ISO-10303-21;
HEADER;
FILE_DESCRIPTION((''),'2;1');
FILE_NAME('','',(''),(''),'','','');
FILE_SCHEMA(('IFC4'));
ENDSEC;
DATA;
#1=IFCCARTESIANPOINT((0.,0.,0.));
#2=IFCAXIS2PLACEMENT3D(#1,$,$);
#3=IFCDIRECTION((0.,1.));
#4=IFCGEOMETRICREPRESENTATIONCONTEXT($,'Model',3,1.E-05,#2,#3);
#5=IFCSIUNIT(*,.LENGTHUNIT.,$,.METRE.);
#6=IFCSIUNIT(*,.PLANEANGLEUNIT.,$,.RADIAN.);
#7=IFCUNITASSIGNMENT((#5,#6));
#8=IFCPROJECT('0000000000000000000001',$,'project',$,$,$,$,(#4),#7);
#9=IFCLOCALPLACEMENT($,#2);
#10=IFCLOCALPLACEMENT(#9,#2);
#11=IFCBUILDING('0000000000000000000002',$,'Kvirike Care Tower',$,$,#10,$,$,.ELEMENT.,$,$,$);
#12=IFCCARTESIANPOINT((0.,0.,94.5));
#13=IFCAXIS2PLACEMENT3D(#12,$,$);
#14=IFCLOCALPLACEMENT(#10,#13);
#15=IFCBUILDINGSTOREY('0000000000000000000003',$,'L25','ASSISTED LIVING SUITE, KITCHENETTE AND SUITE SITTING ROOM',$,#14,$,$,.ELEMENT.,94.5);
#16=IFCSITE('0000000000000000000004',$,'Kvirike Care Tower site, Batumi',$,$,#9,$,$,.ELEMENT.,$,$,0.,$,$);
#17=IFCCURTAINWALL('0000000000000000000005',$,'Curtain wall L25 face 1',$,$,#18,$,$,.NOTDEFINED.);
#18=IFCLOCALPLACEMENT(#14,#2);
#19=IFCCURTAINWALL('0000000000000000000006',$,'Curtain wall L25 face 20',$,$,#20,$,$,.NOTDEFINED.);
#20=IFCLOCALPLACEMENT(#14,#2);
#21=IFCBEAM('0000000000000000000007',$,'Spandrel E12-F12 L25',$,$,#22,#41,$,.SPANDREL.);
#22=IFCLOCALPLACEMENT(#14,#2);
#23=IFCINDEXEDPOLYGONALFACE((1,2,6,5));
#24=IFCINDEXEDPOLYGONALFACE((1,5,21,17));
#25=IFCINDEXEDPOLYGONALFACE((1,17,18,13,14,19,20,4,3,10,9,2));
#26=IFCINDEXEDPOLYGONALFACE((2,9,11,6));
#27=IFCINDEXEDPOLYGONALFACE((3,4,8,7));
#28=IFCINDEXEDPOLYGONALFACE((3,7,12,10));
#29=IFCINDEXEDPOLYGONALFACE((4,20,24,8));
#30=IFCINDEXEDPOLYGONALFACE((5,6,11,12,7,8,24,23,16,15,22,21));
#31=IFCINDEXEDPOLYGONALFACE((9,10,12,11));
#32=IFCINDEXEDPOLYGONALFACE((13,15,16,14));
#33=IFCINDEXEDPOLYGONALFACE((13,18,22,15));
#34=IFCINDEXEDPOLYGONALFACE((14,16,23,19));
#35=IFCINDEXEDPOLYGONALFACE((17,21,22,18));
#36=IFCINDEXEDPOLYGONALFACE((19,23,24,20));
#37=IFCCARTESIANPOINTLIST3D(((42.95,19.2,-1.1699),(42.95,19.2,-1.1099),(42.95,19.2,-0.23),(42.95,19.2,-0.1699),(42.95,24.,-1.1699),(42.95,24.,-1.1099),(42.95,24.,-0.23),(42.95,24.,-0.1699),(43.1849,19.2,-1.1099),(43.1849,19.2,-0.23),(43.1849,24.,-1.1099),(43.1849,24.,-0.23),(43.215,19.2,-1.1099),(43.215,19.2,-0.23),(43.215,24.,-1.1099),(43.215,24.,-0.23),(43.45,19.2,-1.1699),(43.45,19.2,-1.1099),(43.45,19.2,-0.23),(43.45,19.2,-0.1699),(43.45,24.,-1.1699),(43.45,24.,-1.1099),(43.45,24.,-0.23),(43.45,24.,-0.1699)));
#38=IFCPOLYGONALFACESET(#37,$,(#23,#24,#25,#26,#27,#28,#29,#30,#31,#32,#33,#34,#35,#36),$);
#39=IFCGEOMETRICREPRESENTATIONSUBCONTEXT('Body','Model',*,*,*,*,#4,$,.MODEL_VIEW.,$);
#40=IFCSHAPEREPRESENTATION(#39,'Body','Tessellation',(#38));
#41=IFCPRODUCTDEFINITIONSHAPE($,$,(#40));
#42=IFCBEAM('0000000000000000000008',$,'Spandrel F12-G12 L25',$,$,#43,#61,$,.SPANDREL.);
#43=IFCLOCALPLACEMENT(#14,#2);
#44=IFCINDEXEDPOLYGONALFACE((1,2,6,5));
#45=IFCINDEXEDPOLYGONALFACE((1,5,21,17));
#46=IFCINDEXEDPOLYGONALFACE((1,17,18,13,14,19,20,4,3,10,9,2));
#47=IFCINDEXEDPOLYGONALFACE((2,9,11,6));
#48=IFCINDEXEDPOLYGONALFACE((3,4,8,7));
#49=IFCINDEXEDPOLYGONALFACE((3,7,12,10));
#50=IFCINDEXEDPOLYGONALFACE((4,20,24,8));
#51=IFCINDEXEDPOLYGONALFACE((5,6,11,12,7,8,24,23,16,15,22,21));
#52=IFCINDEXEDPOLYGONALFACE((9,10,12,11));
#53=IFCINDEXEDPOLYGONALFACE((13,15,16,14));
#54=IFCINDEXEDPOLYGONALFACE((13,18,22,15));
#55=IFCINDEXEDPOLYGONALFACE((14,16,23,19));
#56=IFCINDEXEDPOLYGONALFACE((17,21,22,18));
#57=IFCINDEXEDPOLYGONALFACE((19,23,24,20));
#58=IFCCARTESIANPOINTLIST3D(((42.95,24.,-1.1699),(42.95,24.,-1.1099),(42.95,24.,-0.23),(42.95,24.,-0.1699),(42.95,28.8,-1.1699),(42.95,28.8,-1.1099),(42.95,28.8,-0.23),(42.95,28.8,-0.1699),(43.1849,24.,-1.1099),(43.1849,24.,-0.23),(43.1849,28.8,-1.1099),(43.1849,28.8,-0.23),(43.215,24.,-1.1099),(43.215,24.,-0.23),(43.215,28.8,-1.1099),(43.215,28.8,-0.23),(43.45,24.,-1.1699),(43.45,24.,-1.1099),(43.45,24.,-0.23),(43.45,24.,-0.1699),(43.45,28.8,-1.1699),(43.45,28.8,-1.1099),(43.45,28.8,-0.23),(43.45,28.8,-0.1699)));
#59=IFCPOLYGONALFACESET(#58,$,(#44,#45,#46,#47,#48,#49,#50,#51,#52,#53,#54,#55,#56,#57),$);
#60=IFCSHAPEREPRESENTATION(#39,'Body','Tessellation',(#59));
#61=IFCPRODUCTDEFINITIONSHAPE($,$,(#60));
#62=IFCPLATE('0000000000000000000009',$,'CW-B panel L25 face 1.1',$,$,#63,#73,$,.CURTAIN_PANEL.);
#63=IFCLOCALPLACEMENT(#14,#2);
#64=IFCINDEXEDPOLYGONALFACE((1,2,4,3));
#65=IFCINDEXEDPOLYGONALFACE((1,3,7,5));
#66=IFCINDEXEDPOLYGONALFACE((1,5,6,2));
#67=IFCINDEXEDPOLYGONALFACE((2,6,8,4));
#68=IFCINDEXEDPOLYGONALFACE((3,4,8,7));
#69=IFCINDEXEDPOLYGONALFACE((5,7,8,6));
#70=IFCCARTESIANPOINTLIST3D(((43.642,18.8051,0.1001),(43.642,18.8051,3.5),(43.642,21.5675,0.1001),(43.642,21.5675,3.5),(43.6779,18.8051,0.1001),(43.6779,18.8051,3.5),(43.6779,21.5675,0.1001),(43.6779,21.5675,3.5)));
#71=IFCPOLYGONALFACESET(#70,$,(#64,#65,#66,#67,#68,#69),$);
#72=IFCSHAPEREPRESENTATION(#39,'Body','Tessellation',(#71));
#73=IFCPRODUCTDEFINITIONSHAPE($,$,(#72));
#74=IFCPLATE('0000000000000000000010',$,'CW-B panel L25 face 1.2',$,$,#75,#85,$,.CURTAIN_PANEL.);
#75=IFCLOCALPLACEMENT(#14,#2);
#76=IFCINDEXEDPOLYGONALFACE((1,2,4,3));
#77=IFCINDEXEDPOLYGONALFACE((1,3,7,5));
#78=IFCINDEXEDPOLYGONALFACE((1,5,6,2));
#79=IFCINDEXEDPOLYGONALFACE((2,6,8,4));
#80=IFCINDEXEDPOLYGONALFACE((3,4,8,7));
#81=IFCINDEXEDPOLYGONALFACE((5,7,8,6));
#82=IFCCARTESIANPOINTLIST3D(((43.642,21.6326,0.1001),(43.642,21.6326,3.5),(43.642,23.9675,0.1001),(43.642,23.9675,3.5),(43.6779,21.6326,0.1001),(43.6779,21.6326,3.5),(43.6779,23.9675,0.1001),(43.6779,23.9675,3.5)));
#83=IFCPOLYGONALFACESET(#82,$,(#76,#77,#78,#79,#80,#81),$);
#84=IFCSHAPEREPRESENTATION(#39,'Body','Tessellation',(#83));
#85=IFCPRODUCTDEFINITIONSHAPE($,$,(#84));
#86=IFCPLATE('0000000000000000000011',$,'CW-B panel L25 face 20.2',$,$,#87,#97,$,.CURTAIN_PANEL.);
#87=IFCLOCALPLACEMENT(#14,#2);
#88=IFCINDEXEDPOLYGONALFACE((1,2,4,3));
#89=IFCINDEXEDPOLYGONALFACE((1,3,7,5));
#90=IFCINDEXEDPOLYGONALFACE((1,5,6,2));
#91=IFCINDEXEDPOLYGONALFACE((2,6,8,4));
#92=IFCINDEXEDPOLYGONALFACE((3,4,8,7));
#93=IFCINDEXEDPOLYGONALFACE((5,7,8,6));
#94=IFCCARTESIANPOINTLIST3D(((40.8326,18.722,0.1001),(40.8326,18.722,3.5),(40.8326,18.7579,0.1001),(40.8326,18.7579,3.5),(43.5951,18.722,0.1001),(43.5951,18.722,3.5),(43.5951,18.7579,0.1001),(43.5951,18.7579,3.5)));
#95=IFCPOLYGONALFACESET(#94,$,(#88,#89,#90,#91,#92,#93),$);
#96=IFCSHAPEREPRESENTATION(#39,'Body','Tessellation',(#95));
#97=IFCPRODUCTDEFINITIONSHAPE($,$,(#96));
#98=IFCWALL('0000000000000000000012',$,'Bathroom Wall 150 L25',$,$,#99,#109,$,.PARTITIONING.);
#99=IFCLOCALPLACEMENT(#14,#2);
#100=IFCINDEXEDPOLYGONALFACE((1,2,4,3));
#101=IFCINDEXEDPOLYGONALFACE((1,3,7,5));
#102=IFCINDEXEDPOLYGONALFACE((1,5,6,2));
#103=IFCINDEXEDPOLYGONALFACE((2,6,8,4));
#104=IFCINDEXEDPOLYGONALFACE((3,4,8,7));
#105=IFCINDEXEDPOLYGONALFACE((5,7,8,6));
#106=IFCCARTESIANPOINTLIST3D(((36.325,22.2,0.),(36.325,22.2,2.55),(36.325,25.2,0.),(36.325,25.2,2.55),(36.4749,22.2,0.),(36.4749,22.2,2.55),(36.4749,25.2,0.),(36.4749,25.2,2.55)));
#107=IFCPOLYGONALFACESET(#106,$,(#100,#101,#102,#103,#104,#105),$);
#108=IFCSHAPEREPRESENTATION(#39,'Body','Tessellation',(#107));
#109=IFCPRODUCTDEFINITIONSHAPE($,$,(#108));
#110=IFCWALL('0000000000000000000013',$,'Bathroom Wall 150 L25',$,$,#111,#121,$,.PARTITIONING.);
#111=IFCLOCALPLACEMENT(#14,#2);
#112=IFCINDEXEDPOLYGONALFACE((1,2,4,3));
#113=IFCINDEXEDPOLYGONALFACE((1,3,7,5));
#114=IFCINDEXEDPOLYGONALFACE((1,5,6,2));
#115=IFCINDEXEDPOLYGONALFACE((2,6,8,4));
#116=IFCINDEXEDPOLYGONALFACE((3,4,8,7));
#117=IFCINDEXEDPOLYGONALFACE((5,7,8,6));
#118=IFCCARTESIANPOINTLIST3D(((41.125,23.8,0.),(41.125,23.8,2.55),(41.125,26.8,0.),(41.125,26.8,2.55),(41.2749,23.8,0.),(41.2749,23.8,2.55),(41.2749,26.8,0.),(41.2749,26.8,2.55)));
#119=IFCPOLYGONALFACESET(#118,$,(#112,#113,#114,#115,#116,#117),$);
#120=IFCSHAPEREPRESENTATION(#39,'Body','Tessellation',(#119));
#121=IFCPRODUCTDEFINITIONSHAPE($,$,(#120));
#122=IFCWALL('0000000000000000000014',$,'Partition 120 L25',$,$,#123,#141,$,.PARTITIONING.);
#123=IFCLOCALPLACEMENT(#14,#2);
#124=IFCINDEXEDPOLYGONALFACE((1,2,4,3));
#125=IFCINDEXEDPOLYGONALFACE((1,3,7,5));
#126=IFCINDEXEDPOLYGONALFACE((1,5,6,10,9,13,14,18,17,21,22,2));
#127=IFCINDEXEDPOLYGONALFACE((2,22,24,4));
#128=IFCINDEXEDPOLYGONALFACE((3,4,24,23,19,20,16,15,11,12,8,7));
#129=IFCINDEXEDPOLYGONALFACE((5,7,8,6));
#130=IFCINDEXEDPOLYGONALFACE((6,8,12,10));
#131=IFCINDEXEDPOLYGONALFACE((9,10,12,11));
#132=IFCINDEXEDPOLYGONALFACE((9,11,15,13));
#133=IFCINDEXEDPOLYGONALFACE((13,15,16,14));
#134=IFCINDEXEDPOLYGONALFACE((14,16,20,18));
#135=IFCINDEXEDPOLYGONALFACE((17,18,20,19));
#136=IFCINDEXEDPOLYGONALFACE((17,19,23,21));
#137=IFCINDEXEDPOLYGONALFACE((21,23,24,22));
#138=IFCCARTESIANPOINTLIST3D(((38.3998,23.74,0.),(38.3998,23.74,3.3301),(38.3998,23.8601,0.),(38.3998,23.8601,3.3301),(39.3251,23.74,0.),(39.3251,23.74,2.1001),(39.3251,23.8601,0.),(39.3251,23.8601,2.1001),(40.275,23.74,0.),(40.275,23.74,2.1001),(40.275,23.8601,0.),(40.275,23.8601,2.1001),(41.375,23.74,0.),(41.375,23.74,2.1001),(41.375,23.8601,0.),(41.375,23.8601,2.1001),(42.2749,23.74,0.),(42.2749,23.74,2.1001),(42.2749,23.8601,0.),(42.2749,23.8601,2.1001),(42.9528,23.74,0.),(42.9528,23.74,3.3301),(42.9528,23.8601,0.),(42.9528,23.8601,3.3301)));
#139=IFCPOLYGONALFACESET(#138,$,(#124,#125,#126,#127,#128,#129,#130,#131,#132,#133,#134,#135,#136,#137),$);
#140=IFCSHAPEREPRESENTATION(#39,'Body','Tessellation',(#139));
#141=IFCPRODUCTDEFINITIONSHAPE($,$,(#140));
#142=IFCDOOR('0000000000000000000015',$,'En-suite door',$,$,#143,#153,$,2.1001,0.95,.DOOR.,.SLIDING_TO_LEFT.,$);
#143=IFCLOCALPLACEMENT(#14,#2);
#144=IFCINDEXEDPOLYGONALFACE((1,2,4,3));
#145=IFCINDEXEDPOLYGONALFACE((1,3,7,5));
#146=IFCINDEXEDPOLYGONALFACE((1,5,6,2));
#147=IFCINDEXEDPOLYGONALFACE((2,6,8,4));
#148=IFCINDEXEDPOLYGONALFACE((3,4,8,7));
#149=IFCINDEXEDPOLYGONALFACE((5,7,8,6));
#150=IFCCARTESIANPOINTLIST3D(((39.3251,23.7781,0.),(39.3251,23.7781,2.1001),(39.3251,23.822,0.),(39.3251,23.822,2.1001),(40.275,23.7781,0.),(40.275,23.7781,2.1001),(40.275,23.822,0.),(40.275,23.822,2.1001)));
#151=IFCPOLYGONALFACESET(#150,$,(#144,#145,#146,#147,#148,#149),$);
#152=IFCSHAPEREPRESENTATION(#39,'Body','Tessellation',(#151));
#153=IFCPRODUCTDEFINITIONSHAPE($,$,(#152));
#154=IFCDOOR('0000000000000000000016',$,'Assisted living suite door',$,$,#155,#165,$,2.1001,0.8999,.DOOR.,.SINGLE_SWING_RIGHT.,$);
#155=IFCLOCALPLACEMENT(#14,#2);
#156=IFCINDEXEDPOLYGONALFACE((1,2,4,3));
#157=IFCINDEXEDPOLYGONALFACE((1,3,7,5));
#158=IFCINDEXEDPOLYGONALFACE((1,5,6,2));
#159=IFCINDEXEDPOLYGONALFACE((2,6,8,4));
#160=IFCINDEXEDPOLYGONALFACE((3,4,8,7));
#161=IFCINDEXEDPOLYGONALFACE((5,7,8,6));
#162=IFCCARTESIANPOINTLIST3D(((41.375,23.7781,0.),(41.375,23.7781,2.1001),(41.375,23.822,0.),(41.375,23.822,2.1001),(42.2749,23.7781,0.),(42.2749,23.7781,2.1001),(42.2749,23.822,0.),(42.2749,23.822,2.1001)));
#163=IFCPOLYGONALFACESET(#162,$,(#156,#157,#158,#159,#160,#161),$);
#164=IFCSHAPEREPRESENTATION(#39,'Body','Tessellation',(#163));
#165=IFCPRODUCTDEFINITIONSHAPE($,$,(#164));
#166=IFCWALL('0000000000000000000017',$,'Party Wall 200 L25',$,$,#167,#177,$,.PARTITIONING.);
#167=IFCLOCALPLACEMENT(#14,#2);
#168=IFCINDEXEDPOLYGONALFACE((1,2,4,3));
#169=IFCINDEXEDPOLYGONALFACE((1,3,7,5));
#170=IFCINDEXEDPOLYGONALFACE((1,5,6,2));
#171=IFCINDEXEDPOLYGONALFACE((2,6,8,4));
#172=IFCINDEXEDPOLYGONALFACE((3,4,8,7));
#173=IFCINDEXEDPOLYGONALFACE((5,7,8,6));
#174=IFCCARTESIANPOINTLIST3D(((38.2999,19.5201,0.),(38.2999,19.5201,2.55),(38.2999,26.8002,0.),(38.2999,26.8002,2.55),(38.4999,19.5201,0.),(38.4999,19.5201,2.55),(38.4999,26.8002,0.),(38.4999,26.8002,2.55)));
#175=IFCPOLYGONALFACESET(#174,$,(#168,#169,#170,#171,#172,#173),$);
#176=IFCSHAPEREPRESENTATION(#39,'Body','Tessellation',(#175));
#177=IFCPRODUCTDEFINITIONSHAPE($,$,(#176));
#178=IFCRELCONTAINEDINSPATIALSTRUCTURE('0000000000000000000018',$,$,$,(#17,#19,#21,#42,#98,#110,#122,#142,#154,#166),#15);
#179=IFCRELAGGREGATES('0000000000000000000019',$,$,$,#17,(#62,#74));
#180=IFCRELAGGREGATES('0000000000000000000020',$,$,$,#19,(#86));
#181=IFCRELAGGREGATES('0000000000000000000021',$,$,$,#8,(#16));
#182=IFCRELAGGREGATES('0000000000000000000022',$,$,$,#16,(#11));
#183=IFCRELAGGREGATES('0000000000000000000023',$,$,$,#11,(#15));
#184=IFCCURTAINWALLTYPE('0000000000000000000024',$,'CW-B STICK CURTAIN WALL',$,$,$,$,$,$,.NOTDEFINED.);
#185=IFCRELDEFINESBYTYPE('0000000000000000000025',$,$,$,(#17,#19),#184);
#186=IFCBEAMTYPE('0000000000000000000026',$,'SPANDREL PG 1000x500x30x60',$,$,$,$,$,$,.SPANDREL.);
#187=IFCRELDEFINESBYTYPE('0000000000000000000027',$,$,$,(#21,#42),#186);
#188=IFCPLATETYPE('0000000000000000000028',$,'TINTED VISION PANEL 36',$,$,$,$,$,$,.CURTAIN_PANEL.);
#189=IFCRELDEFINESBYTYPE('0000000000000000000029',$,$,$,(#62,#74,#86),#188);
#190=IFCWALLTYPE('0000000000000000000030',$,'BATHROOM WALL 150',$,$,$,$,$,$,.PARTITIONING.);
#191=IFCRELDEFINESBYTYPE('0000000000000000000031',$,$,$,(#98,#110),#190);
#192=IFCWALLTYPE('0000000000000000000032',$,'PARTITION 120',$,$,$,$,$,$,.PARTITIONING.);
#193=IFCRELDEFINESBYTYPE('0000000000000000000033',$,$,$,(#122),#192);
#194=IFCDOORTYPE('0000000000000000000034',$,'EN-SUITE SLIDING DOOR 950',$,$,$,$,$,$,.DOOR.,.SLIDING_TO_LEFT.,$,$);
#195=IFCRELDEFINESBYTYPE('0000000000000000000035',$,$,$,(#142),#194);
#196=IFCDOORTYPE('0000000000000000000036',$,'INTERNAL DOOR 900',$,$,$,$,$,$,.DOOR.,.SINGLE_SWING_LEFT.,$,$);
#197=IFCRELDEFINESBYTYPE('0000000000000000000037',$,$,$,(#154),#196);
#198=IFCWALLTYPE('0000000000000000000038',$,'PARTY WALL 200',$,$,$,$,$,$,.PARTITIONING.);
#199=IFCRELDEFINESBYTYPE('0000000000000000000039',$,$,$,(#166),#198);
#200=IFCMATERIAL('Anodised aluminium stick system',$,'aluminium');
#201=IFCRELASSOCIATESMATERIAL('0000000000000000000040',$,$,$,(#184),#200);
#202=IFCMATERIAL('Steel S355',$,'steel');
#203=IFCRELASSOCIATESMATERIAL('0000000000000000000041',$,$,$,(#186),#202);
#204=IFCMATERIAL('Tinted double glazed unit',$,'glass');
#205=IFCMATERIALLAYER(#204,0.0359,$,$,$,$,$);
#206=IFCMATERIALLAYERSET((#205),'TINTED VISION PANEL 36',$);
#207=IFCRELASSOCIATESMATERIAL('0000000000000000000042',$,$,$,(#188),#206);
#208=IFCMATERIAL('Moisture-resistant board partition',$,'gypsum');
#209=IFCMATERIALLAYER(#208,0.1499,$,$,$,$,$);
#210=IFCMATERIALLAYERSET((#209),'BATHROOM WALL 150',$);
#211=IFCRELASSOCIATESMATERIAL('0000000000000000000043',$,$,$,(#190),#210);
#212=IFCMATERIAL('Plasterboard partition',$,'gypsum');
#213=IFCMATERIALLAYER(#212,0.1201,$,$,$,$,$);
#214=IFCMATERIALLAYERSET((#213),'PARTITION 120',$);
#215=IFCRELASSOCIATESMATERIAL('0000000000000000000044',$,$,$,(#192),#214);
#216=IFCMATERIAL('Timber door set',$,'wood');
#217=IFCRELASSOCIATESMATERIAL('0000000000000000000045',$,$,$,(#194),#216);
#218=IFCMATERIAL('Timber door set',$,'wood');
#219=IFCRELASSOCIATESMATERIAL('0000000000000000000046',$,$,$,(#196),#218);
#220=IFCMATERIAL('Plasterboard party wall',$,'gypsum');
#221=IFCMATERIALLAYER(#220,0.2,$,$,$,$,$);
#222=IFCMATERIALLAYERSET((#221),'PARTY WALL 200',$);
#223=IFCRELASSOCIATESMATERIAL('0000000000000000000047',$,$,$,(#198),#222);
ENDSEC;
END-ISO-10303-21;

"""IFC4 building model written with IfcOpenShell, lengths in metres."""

from ifc_helpers import new_model, si_unit, direction, frame, frame_2d, origin, origin_2d, place, context, subcontext, project, spatial, rectangle, i_section, extrude, material, layer, layer_set, material_profile, profile_set, type_object, element, fill, aggregate, save


model = new_model("IFC4")

# Units and contexts
model_context = context("Model", 3, precision=1e-05, world=origin(), true_north=direction((0.0, 1.0)))
body_context = subcontext(model_context, "Body", "Model", "MODEL_VIEW")
ifc_project = project(units=[si_unit("LENGTHUNIT", "METRE"), si_unit("PLANEANGLEUNIT", "RADIAN")], contexts=[model_context])

# Site, building, storey
site_placement = place(None, origin())
site = spatial("IfcSite", under=ifc_project, at=site_placement, Name="Kvirike Care Tower site, Batumi", CompositionType="ELEMENT", RefElevation=0.0)
building_placement = place(site_placement, origin())
building = spatial("IfcBuilding", under=site, at=building_placement, Name="Kvirike Care Tower", CompositionType="ELEMENT")
storey_placement = place(building_placement, frame((0.0, 0.0, 94.5)))
storey = spatial("IfcBuildingStorey", under=building, at=storey_placement, Name="L25", Description="ASSISTED LIVING SUITE, KITCHENETTE AND SUITE SITTING ROOM", CompositionType="ELEMENT", Elevation=94.5)

# Curtain wall
ifc_material_1 = material(Name="Anodised aluminium stick system", Category="aluminium")
curtain_wall_type = type_object("IfcCurtainWallType", Name="CW-B STICK CURTAIN WALL", PredefinedType="NOTDEFINED", material=ifc_material_1)
curtain_wall_1_placement = place(storey_placement, origin())
curtain_wall_1 = element("IfcCurtainWall", 1, at=curtain_wall_1_placement, inside=storey, type_object=curtain_wall_type, Name="Curtain wall L25 face 1", PredefinedType="NOTDEFINED")

# Curtain wall
curtain_wall_2_placement = place(storey_placement, origin())
curtain_wall_2 = element("IfcCurtainWall", 2, at=curtain_wall_2_placement, inside=storey, type_object=curtain_wall_type, Name="Curtain wall L25 face 20", PredefinedType="NOTDEFINED")

# Beams
ifc_material_2 = material(Name="Steel S355", Category="steel")
ifc_material_profile_1 = material_profile(ifc_material_2, i_section(OverallWidth=0.5, OverallDepth=1.0, WebThickness=0.03, FlangeThickness=0.0601, at=origin_2d()), Name="PG 1000x500x30x60")
ifc_profile_set_1 = profile_set([ifc_material_profile_1], Name="Steel S355")
beam_type = type_object("IfcBeamType", Name="SPANDREL PG 1000x500x30x60", PredefinedType="SPANDREL", material=ifc_profile_set_1)
for number, where, z_axis, x_axis, name in (
    (3, (43.2, 19.2, -0.6699), (0.0, 1.0, 0.0), (-1.0, 0.0, 0.0), "Spandrel E12-F12 L25"),
    (4, (43.2, 24.0, -0.6699), (0.0, 1.0, 0.0), (-1.0, 0.0, 0.0), "Spandrel F12-G12 L25"),
):
    element("IfcBeam", number, at=place(storey_placement, frame(where, z_axis=z_axis, x_axis=x_axis)), inside=storey, type_object=beam_type, Name=name, PredefinedType="SPANDREL", context=body_context, shape_type="SweptSolid", body=[
        extrude(i_section(OverallWidth=0.5, OverallDepth=1.0, WebThickness=0.03, FlangeThickness=0.0601, at=origin_2d()), origin(), (0.0, 0.0, 1.0), 4.8),
    ])

# Plates
ifc_material_3 = material(Name="Tinted double glazed unit", Category="glass")
ifc_layer_1 = layer(ifc_material_3, 0.0359)
ifc_layer_set_1 = layer_set([ifc_layer_1], Name="TINTED VISION PANEL 36")
plate_type = type_object("IfcPlateType", Name="TINTED VISION PANEL 36", PredefinedType="CURTAIN_PANEL", material=ifc_layer_set_1)
plate_1_placement = place(storey_placement, frame((43.6599, 20.1863, 0.1001), z_axis=(0.0, 0.0, 1.0), x_axis=(0.0, 1.0, 0.0)))
plate_1 = element("IfcPlate", 5, at=plate_1_placement, type_object=plate_type, Name="CW-B panel L25 face 1.1", PredefinedType="CURTAIN_PANEL", context=body_context, shape_type="SweptSolid", body=[
    extrude(rectangle(XDim=2.7625, YDim=0.0359, at=origin_2d()), origin(), (0.0, 0.0, 1.0), 3.3999),
])
plate_2_placement = place(storey_placement, frame((43.6599, 22.8, 0.1001), z_axis=(0.0, 0.0, 1.0), x_axis=(0.0, 1.0, 0.0)))
plate_2 = element("IfcPlate", 6, at=plate_2_placement, type_object=plate_type, Name="CW-B panel L25 face 1.2", PredefinedType="CURTAIN_PANEL", context=body_context, shape_type="SweptSolid", body=[
    extrude(rectangle(XDim=2.335, YDim=0.0359, at=origin_2d()), origin(), (0.0, 0.0, 1.0), 3.3999),
])
aggregate(curtain_wall_1, [plate_1, plate_2])
plate_3_placement = place(storey_placement, frame((42.2139, 18.74, 0.1001), z_axis=(0.0, 0.0, 1.0), x_axis=(1.0, 0.0, 0.0)))
plate_3 = element("IfcPlate", 7, at=plate_3_placement, type_object=plate_type, Name="CW-B panel L25 face 20.2", PredefinedType="CURTAIN_PANEL", context=body_context, shape_type="SweptSolid", body=[
    extrude(rectangle(XDim=2.7625, YDim=0.0359, at=origin_2d()), origin(), (0.0, 0.0, 1.0), 3.3999),
])
aggregate(curtain_wall_2, [plate_3])

# Walls
ifc_material_4 = material(Name="Moisture-resistant board partition", Category="gypsum")
ifc_layer_2 = layer(ifc_material_4, 0.1499)
ifc_layer_set_2 = layer_set([ifc_layer_2], Name="BATHROOM WALL 150")
wall_type_1 = type_object("IfcWallType", Name="BATHROOM WALL 150", PredefinedType="PARTITIONING", material=ifc_layer_set_2)
for number, where, z_axis, x_axis, name in (
    (8, (36.3999, 22.2, 0.0), (0.0, 0.0, 1.0), (0.0, 1.0, 0.0), "Bathroom Wall 150 L25"),
    (9, (41.2, 23.8, 0.0), (0.0, 0.0, 1.0), (0.0, 1.0, 0.0), "Bathroom Wall 150 L25"),
):
    element("IfcWall", number, at=place(storey_placement, frame(where, z_axis=z_axis, x_axis=x_axis)), inside=storey, type_object=wall_type_1, Name=name, PredefinedType="PARTITIONING", context=body_context, shape_type="SweptSolid", body=[
        extrude(rectangle(XDim=3.0, YDim=0.1499, at=frame_2d((1.5, 0.0))), origin(), (0.0, 0.0, 1.0), 2.55),
    ])

# Wall, openings, doors
ifc_material_5 = material(Name="Plasterboard partition", Category="gypsum")
ifc_layer_3 = layer(ifc_material_5, 0.1201)
ifc_layer_set_3 = layer_set([ifc_layer_3], Name="PARTITION 120")
wall_type_2 = type_object("IfcWallType", Name="PARTITION 120", PredefinedType="PARTITIONING", material=ifc_layer_set_3)
wall_1_placement = place(storey_placement, frame((38.3999, 23.8, 0.0), z_axis=(0.0, 0.0, 1.0), x_axis=(1.0, 0.0, 0.0)))
wall_1 = element("IfcWall", 10, at=wall_1_placement, inside=storey, type_object=wall_type_2, Name="Partition 120 L25", PredefinedType="PARTITIONING", context=body_context, shape_type="SweptSolid", body=[
    extrude(rectangle(XDim=4.553, YDim=0.1201, at=frame_2d((2.2764, 0.0))), origin(), (0.0, 0.0, 1.0), 3.3301),
])
opening_1_placement = place(wall_1_placement, frame((2.9751, 0.0, 0.0)))
opening_1 = element("IfcOpeningElement", 11, at=opening_1_placement, cuts=wall_1, PredefinedType="OPENING", context=body_context, shape_type="SweptSolid", body=[
    extrude(rectangle(XDim=0.8999, YDim=2.1001, at=frame_2d((0.45, 1.05))), frame((0.0, 0.0706, 0.0), z_axis=(0.0, -1.0, 0.0), x_axis=(1.0, 0.0, 0.0)), (0.0, 0.0, 1.0), 0.1411),
])
opening_2_placement = place(wall_1_placement, frame((0.925, 0.0, 0.0)))
opening_2 = element("IfcOpeningElement", 12, at=opening_2_placement, cuts=wall_1, PredefinedType="OPENING", context=body_context, shape_type="SweptSolid", body=[
    extrude(rectangle(XDim=0.95, YDim=2.1001, at=frame_2d((0.4751, 1.05))), frame((0.0, 0.0706, 0.0), z_axis=(0.0, -1.0, 0.0), x_axis=(1.0, 0.0, 0.0)), (0.0, 0.0, 1.0), 0.1411),
])
ifc_material_6 = material(Name="Timber door set", Category="wood")
door_type_1 = type_object("IfcDoorType", Name="EN-SUITE SLIDING DOOR 950", OperationType="SLIDING_TO_LEFT", PredefinedType="DOOR", material=ifc_material_6)
door_1_placement = place(opening_2_placement, origin())
door_1 = element("IfcDoor", 13, at=door_1_placement, inside=storey, type_object=door_type_1, Name="En-suite door", OperationType="SLIDING_TO_LEFT", OverallHeight=2.1001, OverallWidth=0.95, PredefinedType="DOOR", context=body_context, shape_type="SweptSolid", body=[
    extrude(rectangle(XDim=0.95, YDim=2.1001, at=frame_2d((0.4751, 1.05))), frame((0.0, 0.022, 0.0), z_axis=(0.0, -1.0, 0.0), x_axis=(1.0, 0.0, 0.0)), (0.0, 0.0, 1.0), 0.0439),
])
fill(opening_2, door_1)
ifc_material_7 = material(Name="Timber door set", Category="wood")
door_type_2 = type_object("IfcDoorType", Name="INTERNAL DOOR 900", OperationType="SINGLE_SWING_LEFT", PredefinedType="DOOR", material=ifc_material_7)
door_2_placement = place(opening_1_placement, origin())
door_2 = element("IfcDoor", 14, at=door_2_placement, inside=storey, type_object=door_type_2, Name="Assisted living suite door", OperationType="SINGLE_SWING_RIGHT", OverallHeight=2.1001, OverallWidth=0.8999, PredefinedType="DOOR", context=body_context, shape_type="SweptSolid", body=[
    extrude(rectangle(XDim=0.8999, YDim=2.1001, at=frame_2d((0.45, 1.05))), frame((0.0, 0.022, 0.0), z_axis=(0.0, -1.0, 0.0), x_axis=(1.0, 0.0, 0.0)), (0.0, 0.0, 1.0), 0.0439),
])
fill(opening_1, door_2)

# Wall
ifc_material_8 = material(Name="Plasterboard party wall", Category="gypsum")
ifc_layer_4 = layer(ifc_material_8, 0.2)
ifc_layer_set_4 = layer_set([ifc_layer_4], Name="PARTY WALL 200")
wall_type_3 = type_object("IfcWallType", Name="PARTY WALL 200", PredefinedType="PARTITIONING", material=ifc_layer_set_4)
wall_2_placement = place(storey_placement, frame((38.3999, 19.52, 0.0), z_axis=(0.0, 0.0, 1.0), x_axis=(0.0, 1.0, 0.0)))
element("IfcWall", 15, at=wall_2_placement, inside=storey, type_object=wall_type_3, Name="Party Wall 200 L25", PredefinedType="PARTITIONING", context=body_context, shape_type="SweptSolid", body=[
    extrude(rectangle(XDim=7.28, YDim=0.2, at=frame_2d((3.6401, 0.0))), origin(), (0.0, 0.0, 1.0), 2.55),
])

save(model, "model.ifc")
